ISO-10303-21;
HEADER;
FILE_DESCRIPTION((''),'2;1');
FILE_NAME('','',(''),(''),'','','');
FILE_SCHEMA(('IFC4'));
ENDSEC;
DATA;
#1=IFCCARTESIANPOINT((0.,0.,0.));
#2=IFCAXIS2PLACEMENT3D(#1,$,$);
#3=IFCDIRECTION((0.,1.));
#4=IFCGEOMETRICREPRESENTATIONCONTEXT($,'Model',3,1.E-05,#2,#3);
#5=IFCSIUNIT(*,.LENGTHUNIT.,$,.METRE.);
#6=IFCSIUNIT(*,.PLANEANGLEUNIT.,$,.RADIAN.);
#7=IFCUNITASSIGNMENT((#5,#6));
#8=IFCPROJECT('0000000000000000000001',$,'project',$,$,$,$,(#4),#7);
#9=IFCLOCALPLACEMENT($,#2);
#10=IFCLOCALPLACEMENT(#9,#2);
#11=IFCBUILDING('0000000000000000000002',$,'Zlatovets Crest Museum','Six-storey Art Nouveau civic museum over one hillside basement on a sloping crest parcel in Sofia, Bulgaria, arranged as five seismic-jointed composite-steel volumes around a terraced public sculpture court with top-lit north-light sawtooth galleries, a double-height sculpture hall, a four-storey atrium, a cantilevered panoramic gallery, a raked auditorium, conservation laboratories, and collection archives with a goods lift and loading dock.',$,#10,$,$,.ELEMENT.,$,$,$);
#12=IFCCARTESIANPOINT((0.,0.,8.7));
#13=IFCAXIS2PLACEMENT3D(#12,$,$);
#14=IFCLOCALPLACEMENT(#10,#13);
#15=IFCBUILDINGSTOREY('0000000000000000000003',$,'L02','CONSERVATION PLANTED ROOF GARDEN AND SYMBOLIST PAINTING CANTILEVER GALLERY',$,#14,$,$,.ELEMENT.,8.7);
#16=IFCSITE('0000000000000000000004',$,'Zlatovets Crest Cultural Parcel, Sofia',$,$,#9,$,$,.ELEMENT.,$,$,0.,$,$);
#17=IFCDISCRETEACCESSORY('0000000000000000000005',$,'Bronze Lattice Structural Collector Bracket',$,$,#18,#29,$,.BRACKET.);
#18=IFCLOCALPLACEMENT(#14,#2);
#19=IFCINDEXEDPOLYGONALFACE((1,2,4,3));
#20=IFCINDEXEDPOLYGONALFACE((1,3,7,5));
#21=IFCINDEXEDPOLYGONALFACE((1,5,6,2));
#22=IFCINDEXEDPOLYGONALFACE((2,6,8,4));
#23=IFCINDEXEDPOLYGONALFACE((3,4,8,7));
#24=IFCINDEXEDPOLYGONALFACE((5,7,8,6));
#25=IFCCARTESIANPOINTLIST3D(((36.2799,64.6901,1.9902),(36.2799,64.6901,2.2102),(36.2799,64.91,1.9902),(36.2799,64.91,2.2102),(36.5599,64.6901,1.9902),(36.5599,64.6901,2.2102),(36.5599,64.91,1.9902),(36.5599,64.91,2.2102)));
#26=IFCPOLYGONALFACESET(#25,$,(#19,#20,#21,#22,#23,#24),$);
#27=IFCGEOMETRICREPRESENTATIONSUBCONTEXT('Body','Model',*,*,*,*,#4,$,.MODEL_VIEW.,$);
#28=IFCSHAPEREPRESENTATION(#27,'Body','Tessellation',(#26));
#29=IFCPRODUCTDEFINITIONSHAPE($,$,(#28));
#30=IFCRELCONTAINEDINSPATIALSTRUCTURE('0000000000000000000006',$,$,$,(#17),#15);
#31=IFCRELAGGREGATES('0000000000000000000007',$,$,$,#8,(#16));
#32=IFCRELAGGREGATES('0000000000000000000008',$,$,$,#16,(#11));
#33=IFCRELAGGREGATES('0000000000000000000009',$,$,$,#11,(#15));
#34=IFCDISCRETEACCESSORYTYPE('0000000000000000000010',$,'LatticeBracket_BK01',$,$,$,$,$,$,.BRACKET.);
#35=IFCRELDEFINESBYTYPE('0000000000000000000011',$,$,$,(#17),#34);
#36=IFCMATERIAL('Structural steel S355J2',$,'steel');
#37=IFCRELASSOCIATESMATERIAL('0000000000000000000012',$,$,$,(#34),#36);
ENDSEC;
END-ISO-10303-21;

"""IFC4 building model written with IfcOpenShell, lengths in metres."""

from ifc_helpers import new_model, si_unit, direction, frame, origin, origin_2d, place, context, subcontext, project, spatial, rectangle, extrude, material, type_object, element, save


model = new_model("IFC4")

# Units and contexts
model_context = context("Model", 3, precision=1e-05, world=origin(), true_north=direction((0.0, 1.0)))
body_context = subcontext(model_context, "Body", "Model", "MODEL_VIEW")
ifc_project = project(units=[si_unit("LENGTHUNIT", "METRE"), si_unit("PLANEANGLEUNIT", "RADIAN")], contexts=[model_context])

# Site, building, storey
site_placement = place(None, origin())
site = spatial("IfcSite", under=ifc_project, at=site_placement, Name="Zlatovets Crest Cultural Parcel, Sofia", CompositionType="ELEMENT", RefElevation=0.0)
building_placement = place(site_placement, origin())
building = spatial("IfcBuilding", under=site, at=building_placement, Name="Zlatovets Crest Museum", Description="Six-storey Art Nouveau civic museum over one hillside basement on a sloping crest parcel in Sofia, Bulgaria, arranged as five seismic-jointed composite-steel volumes around a terraced public sculpture court with top-lit north-light sawtooth galleries, a double-height sculpture hall, a four-storey atrium, a cantilevered panoramic gallery, a raked auditorium, conservation laboratories, and collection archives with a goods lift and loading dock.", CompositionType="ELEMENT")
storey_placement = place(building_placement, frame((0.0, 0.0, 8.7)))
storey = spatial("IfcBuildingStorey", under=building, at=storey_placement, Name="L02", Description="CONSERVATION PLANTED ROOF GARDEN AND SYMBOLIST PAINTING CANTILEVER GALLERY", CompositionType="ELEMENT", Elevation=8.7)

# Shared definitions
ifc_material_1 = material(Name="Structural steel S355J2", Category="steel")

# Discrete accessory
discrete_accessory_type = type_object("IfcDiscreteAccessoryType", Name="LatticeBracket_BK01", PredefinedType="BRACKET", material=ifc_material_1)
for number, where, z_axis, x_axis, name in (
    (1, (36.4199, 64.8, 1.9902), (0.0, 0.0, 1.0), (1.0, 0.0, 0.0), "Bronze Lattice Structural Collector Bracket"),
):
    element("IfcDiscreteAccessory", number, at=place(storey_placement, frame(where, z_axis=z_axis, x_axis=x_axis)), inside=storey, type_object=discrete_accessory_type, Name=name, PredefinedType="BRACKET", context=body_context, shape_type="SweptSolid", body=[
        extrude(rectangle(XDim=0.28, YDim=0.22, at=origin_2d()), origin(), (0.0, 0.0, 1.0), 0.22),
    ])

save(model, "model.ifc")
